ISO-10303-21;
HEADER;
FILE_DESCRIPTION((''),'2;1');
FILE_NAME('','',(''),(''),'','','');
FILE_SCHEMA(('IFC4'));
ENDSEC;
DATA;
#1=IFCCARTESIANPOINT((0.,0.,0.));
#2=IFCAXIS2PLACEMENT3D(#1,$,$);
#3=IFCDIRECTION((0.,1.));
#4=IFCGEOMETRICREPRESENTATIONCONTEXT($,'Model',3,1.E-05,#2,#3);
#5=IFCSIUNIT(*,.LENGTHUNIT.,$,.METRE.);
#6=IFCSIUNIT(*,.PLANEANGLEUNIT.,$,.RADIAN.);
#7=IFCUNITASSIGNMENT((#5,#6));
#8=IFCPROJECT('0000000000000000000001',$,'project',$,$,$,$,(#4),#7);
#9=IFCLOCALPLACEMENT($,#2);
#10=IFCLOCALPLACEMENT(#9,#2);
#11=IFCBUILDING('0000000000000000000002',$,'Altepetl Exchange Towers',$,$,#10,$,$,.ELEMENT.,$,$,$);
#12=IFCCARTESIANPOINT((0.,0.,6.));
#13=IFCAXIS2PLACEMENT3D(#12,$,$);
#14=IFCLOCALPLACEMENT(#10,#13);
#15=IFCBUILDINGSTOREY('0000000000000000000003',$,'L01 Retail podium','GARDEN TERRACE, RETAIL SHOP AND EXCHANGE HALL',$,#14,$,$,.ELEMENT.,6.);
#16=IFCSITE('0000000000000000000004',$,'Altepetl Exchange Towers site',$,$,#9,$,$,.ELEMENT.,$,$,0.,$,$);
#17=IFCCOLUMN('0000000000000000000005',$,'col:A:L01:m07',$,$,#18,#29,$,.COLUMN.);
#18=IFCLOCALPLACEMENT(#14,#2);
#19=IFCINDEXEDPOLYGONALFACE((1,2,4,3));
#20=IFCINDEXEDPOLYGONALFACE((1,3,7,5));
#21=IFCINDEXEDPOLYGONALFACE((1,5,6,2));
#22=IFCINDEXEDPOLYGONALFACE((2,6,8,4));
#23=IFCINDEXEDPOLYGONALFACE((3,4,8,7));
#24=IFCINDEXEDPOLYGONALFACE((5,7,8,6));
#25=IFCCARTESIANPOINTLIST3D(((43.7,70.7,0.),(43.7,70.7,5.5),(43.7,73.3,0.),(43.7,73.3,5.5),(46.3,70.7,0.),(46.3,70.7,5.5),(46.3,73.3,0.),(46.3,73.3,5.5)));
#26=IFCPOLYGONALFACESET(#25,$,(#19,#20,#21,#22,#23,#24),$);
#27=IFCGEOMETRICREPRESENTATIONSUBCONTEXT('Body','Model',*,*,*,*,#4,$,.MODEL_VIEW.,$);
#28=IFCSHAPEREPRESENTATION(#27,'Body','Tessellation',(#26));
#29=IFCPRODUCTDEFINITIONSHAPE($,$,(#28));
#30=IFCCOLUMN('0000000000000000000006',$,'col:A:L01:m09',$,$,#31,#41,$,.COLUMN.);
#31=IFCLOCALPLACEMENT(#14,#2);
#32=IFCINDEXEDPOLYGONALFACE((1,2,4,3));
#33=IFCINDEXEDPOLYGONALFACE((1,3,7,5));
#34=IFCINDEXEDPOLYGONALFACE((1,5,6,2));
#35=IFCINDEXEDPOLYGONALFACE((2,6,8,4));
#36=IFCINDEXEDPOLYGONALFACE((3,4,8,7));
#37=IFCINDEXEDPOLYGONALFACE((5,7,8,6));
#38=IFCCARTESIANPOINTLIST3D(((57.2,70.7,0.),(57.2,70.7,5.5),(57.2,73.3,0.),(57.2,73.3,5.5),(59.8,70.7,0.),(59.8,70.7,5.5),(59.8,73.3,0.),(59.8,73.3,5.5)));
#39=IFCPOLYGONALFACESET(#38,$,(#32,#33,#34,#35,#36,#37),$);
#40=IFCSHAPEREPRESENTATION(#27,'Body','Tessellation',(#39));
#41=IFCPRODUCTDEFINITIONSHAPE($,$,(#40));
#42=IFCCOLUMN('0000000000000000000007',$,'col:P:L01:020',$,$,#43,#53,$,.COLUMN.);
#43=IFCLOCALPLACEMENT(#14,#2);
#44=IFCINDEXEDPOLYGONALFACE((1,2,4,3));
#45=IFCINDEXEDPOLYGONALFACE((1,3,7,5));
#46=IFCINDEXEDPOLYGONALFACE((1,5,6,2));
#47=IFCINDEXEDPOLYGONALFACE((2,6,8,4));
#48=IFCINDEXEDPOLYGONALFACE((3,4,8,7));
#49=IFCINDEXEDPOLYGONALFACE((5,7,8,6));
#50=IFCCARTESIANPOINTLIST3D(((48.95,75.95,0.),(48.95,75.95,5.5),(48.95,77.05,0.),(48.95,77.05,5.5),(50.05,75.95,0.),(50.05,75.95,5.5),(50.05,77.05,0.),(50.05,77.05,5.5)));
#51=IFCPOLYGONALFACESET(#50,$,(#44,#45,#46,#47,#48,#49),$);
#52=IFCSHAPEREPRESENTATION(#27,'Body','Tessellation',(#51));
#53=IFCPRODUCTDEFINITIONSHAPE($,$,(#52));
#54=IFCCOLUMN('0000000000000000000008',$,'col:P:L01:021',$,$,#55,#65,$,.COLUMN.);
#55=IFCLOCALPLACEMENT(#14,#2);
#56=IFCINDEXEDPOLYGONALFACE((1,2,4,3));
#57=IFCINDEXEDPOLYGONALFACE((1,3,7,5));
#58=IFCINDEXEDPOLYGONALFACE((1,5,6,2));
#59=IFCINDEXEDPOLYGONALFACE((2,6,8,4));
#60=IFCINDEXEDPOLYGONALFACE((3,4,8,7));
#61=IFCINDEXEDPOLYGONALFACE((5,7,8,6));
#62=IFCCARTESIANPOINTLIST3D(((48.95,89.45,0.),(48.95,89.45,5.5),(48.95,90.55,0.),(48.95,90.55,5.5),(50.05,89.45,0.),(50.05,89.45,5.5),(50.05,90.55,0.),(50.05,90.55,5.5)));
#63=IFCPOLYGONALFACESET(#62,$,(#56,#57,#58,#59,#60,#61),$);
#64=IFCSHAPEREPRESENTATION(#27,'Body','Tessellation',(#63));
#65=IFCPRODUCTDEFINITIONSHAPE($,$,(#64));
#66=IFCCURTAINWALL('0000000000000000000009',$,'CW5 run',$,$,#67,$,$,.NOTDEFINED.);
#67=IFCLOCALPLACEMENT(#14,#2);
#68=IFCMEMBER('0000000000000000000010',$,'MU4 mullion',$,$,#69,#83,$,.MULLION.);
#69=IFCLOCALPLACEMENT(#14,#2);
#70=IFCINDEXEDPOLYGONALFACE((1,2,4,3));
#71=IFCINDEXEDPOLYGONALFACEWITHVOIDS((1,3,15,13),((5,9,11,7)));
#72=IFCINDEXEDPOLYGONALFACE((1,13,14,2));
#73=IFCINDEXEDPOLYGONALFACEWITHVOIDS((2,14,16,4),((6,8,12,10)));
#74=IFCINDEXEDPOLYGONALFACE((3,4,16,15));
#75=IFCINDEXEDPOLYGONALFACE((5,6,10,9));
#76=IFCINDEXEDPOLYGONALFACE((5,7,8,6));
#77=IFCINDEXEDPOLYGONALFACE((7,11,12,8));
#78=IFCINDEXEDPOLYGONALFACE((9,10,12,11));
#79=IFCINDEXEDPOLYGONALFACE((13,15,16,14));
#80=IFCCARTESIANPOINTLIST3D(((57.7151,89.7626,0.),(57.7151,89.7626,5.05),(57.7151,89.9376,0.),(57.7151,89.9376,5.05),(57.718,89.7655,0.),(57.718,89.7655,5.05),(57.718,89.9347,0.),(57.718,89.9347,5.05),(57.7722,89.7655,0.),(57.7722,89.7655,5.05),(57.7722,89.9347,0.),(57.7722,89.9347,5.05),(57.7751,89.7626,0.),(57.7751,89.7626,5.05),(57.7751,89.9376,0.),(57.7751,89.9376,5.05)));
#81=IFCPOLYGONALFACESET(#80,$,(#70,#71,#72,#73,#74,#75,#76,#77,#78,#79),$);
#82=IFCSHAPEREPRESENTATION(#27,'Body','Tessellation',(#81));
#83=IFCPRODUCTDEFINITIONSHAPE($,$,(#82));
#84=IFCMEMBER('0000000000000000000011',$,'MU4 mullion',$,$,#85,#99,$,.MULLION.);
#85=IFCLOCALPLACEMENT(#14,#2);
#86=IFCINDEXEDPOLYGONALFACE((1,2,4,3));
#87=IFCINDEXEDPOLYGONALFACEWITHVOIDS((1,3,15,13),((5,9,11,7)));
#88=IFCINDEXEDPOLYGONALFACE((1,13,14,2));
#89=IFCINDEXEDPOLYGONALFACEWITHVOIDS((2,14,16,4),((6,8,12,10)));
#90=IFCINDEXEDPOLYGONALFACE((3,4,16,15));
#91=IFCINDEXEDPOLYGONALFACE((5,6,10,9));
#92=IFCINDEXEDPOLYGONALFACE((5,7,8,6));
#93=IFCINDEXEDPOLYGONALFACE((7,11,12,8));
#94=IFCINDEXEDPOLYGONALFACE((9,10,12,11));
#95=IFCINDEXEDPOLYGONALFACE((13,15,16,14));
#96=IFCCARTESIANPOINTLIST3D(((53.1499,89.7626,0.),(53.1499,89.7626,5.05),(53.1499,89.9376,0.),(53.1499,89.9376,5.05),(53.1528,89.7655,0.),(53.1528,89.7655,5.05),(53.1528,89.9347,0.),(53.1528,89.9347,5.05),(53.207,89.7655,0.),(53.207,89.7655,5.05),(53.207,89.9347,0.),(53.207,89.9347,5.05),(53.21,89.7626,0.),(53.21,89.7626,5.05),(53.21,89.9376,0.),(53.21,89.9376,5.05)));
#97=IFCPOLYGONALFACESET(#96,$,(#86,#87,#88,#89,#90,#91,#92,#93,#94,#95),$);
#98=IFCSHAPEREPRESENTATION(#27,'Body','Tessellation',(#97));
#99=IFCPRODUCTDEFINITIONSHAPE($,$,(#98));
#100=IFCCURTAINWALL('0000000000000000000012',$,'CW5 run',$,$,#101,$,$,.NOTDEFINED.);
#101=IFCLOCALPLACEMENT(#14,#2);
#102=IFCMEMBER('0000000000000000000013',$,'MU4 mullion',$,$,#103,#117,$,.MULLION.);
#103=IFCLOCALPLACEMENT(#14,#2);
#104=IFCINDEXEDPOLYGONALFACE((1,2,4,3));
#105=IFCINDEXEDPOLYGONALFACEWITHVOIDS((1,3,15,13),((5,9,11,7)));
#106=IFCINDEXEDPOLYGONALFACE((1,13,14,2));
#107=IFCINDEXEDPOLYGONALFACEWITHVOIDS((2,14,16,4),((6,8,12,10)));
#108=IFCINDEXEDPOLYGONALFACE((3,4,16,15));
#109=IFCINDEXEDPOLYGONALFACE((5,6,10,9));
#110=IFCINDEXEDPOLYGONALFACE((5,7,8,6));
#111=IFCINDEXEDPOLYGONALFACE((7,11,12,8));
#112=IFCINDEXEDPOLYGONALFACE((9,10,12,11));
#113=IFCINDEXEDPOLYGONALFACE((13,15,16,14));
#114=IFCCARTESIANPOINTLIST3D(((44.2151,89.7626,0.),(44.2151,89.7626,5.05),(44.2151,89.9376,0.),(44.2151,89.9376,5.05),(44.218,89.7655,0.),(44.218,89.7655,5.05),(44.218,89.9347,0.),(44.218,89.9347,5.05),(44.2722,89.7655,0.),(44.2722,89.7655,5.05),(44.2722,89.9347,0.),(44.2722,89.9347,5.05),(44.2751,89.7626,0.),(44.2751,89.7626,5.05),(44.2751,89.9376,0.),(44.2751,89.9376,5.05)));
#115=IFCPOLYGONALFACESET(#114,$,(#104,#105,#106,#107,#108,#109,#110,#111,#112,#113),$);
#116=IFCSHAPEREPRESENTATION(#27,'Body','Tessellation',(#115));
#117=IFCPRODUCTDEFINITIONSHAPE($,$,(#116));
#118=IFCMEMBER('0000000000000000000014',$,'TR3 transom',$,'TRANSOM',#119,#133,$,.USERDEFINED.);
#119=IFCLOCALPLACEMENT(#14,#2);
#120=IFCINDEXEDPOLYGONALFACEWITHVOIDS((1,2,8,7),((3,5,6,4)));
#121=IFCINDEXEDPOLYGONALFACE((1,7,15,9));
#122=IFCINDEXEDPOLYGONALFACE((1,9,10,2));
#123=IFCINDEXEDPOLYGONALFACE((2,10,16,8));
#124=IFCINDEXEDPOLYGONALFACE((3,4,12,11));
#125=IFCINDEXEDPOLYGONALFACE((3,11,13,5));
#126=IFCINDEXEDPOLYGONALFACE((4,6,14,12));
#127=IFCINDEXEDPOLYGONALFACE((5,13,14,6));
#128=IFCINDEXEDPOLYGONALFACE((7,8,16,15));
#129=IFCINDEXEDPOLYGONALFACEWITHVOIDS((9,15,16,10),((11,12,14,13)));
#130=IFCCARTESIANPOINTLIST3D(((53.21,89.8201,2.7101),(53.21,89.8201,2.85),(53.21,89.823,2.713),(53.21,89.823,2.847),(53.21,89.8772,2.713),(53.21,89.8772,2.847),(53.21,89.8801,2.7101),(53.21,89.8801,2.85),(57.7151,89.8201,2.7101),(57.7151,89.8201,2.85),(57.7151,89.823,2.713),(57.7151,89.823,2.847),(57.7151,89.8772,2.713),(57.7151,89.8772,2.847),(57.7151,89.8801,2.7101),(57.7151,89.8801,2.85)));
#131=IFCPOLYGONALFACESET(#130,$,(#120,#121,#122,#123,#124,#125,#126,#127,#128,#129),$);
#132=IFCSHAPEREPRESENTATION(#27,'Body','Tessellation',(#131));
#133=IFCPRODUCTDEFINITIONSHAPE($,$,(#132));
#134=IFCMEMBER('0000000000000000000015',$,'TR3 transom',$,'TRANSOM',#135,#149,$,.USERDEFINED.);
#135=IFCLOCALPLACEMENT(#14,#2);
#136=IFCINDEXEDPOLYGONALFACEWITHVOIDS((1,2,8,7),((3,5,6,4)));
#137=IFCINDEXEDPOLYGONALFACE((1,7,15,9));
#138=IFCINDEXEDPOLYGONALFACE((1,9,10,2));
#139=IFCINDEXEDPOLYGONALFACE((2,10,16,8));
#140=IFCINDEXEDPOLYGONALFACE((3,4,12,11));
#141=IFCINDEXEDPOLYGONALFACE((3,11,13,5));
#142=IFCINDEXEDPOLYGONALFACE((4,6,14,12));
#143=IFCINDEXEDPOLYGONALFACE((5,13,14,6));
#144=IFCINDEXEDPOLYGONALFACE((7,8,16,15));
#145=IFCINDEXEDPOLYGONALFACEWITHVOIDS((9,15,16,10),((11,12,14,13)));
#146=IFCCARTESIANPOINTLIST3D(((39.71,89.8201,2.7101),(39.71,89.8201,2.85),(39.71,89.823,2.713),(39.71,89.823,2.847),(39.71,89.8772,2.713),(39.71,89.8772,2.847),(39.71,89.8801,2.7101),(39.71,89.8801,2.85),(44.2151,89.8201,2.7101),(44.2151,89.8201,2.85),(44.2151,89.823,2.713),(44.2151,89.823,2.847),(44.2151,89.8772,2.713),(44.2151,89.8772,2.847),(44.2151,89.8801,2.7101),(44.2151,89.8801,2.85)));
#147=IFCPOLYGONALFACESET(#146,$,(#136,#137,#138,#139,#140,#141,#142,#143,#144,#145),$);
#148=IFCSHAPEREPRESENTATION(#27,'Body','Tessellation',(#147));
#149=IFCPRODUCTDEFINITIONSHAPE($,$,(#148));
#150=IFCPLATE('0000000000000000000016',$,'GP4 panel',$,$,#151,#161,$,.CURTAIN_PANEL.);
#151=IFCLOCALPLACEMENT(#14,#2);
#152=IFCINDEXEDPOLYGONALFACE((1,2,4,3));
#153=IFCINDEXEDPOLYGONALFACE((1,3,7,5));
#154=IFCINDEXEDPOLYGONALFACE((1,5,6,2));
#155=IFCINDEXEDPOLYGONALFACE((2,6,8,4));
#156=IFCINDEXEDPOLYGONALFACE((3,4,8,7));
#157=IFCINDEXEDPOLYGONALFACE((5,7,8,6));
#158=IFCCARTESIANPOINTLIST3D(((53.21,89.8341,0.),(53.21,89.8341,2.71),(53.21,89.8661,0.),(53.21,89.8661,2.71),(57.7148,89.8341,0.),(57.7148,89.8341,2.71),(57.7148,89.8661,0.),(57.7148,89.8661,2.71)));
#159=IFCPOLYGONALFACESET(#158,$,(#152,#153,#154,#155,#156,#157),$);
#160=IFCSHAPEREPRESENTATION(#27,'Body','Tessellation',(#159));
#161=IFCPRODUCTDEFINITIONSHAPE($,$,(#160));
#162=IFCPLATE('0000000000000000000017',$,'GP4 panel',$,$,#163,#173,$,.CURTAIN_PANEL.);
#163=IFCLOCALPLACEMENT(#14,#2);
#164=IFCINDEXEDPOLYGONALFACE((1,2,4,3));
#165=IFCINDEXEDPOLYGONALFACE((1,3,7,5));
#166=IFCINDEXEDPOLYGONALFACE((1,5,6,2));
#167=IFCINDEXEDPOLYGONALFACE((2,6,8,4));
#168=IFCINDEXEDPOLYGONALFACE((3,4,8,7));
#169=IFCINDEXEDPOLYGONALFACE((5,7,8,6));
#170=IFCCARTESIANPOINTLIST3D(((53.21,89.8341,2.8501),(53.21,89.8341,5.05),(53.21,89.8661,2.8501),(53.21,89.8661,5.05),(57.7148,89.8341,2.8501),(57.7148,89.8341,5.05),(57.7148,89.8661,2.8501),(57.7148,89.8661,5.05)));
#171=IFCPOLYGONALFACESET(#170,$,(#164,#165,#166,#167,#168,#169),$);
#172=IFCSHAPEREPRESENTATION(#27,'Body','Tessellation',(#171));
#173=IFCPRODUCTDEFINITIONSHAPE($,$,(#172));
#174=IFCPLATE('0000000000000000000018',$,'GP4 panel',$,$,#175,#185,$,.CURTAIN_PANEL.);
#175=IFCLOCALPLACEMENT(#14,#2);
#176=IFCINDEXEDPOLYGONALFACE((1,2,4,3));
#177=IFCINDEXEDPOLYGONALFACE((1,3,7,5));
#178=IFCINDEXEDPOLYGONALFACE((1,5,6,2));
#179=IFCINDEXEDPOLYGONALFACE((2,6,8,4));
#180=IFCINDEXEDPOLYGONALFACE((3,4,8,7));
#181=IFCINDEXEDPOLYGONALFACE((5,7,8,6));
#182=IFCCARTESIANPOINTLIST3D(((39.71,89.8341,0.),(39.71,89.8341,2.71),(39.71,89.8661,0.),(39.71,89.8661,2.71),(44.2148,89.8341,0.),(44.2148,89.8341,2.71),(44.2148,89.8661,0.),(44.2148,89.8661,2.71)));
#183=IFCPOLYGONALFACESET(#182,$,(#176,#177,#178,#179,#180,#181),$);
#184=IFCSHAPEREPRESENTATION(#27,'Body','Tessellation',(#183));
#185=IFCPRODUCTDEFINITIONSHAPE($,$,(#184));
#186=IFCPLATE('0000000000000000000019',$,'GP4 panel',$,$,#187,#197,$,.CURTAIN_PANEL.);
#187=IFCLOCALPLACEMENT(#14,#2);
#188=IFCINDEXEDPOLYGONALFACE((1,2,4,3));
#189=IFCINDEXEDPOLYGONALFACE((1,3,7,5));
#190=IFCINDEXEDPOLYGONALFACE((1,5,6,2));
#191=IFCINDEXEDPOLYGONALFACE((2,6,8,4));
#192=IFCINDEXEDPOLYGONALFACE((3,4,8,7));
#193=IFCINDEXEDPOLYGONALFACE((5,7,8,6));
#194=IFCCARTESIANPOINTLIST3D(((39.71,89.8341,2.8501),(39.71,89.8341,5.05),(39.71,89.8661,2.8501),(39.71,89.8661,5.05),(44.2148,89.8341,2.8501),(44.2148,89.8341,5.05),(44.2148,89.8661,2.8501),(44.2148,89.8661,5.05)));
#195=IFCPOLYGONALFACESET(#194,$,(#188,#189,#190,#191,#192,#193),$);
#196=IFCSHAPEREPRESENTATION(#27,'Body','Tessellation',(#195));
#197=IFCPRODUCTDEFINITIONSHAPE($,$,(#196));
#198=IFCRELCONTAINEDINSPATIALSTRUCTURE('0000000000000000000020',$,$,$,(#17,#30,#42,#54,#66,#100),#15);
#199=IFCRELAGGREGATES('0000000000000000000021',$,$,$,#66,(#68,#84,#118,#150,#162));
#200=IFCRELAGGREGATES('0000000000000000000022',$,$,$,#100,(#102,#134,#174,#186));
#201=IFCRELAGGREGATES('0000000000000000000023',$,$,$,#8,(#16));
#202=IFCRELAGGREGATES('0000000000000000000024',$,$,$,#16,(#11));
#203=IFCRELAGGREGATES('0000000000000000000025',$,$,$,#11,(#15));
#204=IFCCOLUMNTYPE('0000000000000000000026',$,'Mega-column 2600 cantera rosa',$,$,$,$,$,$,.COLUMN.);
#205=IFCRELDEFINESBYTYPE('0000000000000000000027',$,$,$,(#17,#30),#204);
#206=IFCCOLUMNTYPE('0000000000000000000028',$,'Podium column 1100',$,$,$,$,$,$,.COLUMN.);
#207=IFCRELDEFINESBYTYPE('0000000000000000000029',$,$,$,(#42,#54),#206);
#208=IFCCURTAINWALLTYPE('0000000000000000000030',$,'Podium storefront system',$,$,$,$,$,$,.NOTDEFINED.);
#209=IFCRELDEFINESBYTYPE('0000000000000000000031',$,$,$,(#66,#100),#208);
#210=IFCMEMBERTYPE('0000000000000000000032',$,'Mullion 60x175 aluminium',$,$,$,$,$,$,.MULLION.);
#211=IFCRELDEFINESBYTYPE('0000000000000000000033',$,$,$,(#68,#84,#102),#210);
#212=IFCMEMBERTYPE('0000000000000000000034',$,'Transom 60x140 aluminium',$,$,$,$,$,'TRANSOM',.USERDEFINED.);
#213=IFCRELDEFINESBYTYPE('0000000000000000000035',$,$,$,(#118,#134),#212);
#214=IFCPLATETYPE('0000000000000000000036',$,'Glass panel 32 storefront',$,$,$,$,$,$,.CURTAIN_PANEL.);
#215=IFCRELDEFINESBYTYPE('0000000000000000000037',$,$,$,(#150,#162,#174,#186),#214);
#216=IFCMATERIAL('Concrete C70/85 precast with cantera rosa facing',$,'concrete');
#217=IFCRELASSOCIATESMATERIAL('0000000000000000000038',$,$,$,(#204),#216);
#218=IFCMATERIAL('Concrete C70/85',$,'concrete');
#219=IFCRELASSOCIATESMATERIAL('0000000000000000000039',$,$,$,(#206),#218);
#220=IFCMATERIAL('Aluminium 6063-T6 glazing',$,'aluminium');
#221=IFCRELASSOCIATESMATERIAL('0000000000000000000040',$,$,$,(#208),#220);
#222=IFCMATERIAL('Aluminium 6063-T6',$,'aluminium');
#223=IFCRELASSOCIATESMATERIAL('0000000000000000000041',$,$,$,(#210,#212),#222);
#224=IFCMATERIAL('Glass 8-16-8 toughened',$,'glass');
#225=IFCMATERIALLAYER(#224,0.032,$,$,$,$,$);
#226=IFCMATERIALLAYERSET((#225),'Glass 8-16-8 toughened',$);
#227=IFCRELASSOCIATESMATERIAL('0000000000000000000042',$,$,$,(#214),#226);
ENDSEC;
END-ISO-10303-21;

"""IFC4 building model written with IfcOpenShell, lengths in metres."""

from ifc_helpers import new_model, si_unit, direction, frame, origin, origin_2d, place, context, subcontext, project, spatial, rectangle, hollow_rectangle, extrude, material, layer, layer_set, material_profile, profile_set, type_object, element, aggregate, save


model = new_model("IFC4")

# Units and contexts
model_context = context("Model", 3, precision=1e-05, world=origin(), true_north=direction((0.0, 1.0)))
body_context = subcontext(model_context, "Body", "Model", "MODEL_VIEW")
ifc_project = project(units=[si_unit("LENGTHUNIT", "METRE"), si_unit("PLANEANGLEUNIT", "RADIAN")], contexts=[model_context])

# Site, building, storey
site_placement = place(None, origin())
site = spatial("IfcSite", under=ifc_project, at=site_placement, Name="Altepetl Exchange Towers site", CompositionType="ELEMENT", RefElevation=0.0)
building_placement = place(site_placement, origin())
building = spatial("IfcBuilding", under=site, at=building_placement, Name="Altepetl Exchange Towers", CompositionType="ELEMENT")
storey_placement = place(building_placement, frame((0.0, 0.0, 6.0)))
storey = spatial("IfcBuildingStorey", under=building, at=storey_placement, Name="L01 Retail podium", Description="GARDEN TERRACE, RETAIL SHOP AND EXCHANGE HALL", CompositionType="ELEMENT", Elevation=6.0)

# Columns
ifc_material_1 = material(Name="Concrete C70/85 precast with cantera rosa facing", Category="concrete")
ifc_material_profile_1 = material_profile(ifc_material_1, rectangle(XDim=2.6001, YDim=2.6001, at=origin_2d()), Name="2600 x 2600")
ifc_profile_set_1 = profile_set([ifc_material_profile_1], Name="Concrete C70/85 precast with cantera rosa facing")
column_type_1 = type_object("IfcColumnType", Name="Mega-column 2600 cantera rosa", PredefinedType="COLUMN", material=ifc_profile_set_1)
for number, where, name in (
    (1, (45.0, 72.0, 0.0), "col:A:L01:m07"),
    (2, (58.5, 72.0, 0.0), "col:A:L01:m09"),
):
    element("IfcColumn", number, at=place(storey_placement, frame(where)), inside=storey, type_object=column_type_1, Name=name, PredefinedType="COLUMN", context=body_context, shape_type="SweptSolid", body=[
        extrude(rectangle(XDim=2.6001, YDim=2.6001, at=origin_2d()), origin(), (0.0, 0.0, 1.0), 5.5),
    ])
ifc_material_2 = material(Name="Concrete C70/85", Category="concrete")
ifc_material_profile_2 = material_profile(ifc_material_2, rectangle(XDim=1.1001, YDim=1.1001, at=origin_2d()), Name="1100 x 1100")
ifc_profile_set_2 = profile_set([ifc_material_profile_2], Name="Concrete C70/85")
column_type_2 = type_object("IfcColumnType", Name="Podium column 1100", PredefinedType="COLUMN", material=ifc_profile_set_2)
for number, where, name in (
    (3, (49.5, 76.5, 0.0), "col:P:L01:020"),
    (4, (49.5, 90.0, 0.0), "col:P:L01:021"),
):
    element("IfcColumn", number, at=place(storey_placement, frame(where)), inside=storey, type_object=column_type_2, Name=name, PredefinedType="COLUMN", context=body_context, shape_type="SweptSolid", body=[
        extrude(rectangle(XDim=1.1001, YDim=1.1001, at=origin_2d()), origin(), (0.0, 0.0, 1.0), 5.5),
    ])

# Curtain wall, members
ifc_material_3 = material(Name="Aluminium 6063-T6 glazing", Category="aluminium")
curtain_wall_type = type_object("IfcCurtainWallType", Name="Podium storefront system", PredefinedType="NOTDEFINED", material=ifc_material_3)
curtain_wall_1_placement = place(storey_placement, origin())
curtain_wall_1 = element("IfcCurtainWall", 5, at=curtain_wall_1_placement, inside=storey, type_object=curtain_wall_type, Name="CW5 run", PredefinedType="NOTDEFINED")
ifc_material_4 = material(Name="Aluminium 6063-T6", Category="aluminium")
ifc_material_profile_3 = material_profile(ifc_material_4, hollow_rectangle(XDim=0.0601, YDim=0.175, WallThickness=0.0029, at=origin_2d()), Name="Mullion 60x175 aluminium")
ifc_profile_set_3 = profile_set([ifc_material_profile_3], Name="Aluminium 6063-T6")
member_type_1 = type_object("IfcMemberType", Name="Mullion 60x175 aluminium", PredefinedType="MULLION", material=ifc_profile_set_3)
member_1_placement = place(storey_placement, frame((57.7451, 89.8501, 0.0), z_axis=(0.0, 0.0, 1.0), x_axis=(-1.0, 0.0, 0.0)))
member_1 = element("IfcMember", 6, at=member_1_placement, type_object=member_type_1, Name="MU4 mullion", PredefinedType="MULLION", context=body_context, shape_type="SweptSolid", body=[
    extrude(hollow_rectangle(XDim=0.0601, YDim=0.175, WallThickness=0.0029, at=origin_2d()), origin(), (0.0, 0.0, 1.0), 5.05),
])
member_2_placement = place(storey_placement, frame((53.1799, 89.8501, 0.0), z_axis=(0.0, 0.0, 1.0), x_axis=(-1.0, 0.0, 0.0)))
member_2 = element("IfcMember", 7, at=member_2_placement, type_object=member_type_1, Name="MU4 mullion", PredefinedType="MULLION", context=body_context, shape_type="SweptSolid", body=[
    extrude(hollow_rectangle(XDim=0.0601, YDim=0.175, WallThickness=0.0029, at=origin_2d()), origin(), (0.0, 0.0, 1.0), 5.05),
])

# Curtain wall, member
curtain_wall_2_placement = place(storey_placement, origin())
curtain_wall_2 = element("IfcCurtainWall", 8, at=curtain_wall_2_placement, inside=storey, type_object=curtain_wall_type, Name="CW5 run", PredefinedType="NOTDEFINED")
member_3_placement = place(storey_placement, frame((44.2451, 89.8501, 0.0), z_axis=(0.0, 0.0, 1.0), x_axis=(-1.0, 0.0, 0.0)))
member_3 = element("IfcMember", 9, at=member_3_placement, type_object=member_type_1, Name="MU4 mullion", PredefinedType="MULLION", context=body_context, shape_type="SweptSolid", body=[
    extrude(hollow_rectangle(XDim=0.0601, YDim=0.175, WallThickness=0.0029, at=origin_2d()), origin(), (0.0, 0.0, 1.0), 5.05),
])

# Members
ifc_material_profile_4 = material_profile(ifc_material_4, hollow_rectangle(XDim=0.0601, YDim=0.1399, WallThickness=0.0029, at=origin_2d()), Name="Transom 60x140 aluminium")
ifc_profile_set_4 = profile_set([ifc_material_profile_4], Name="Aluminium 6063-T6")
member_type_2 = type_object("IfcMemberType", Name="Transom 60x140 aluminium", ElementType="TRANSOM", PredefinedType="USERDEFINED", material=ifc_profile_set_4)
member_4_placement = place(storey_placement, frame((57.7151, 89.8501, 2.78), z_axis=(-1.0, 0.0, 0.0), x_axis=(0.0, -1.0, 0.0)))
member_4 = element("IfcMember", 10, at=member_4_placement, type_object=member_type_2, Name="TR3 transom", ObjectType="TRANSOM", PredefinedType="USERDEFINED", context=body_context, shape_type="SweptSolid", body=[
    extrude(hollow_rectangle(XDim=0.0601, YDim=0.1399, WallThickness=0.0029, at=origin_2d()), origin(), (0.0, 0.0, 1.0), 4.5051),
])
member_5_placement = place(storey_placement, frame((44.2151, 89.8501, 2.78), z_axis=(-1.0, 0.0, 0.0), x_axis=(0.0, -1.0, 0.0)))
member_5 = element("IfcMember", 11, at=member_5_placement, type_object=member_type_2, Name="TR3 transom", ObjectType="TRANSOM", PredefinedType="USERDEFINED", context=body_context, shape_type="SweptSolid", body=[
    extrude(hollow_rectangle(XDim=0.0601, YDim=0.1399, WallThickness=0.0029, at=origin_2d()), origin(), (0.0, 0.0, 1.0), 4.5051),
])

# Plates
ifc_material_5 = material(Name="Glass 8-16-8 toughened", Category="glass")
ifc_layer_1 = layer(ifc_material_5, 0.032)
ifc_layer_set_1 = layer_set([ifc_layer_1], Name="Glass 8-16-8 toughened")
plate_type = type_object("IfcPlateType", Name="Glass panel 32 storefront", PredefinedType="CURTAIN_PANEL", material=ifc_layer_set_1)
plate_1_placement = place(storey_placement, frame((55.4624, 89.8501, 0.0), z_axis=(0.0, 0.0, 1.0), x_axis=(-1.0, 0.0, 0.0)))
plate_1 = element("IfcPlate", 12, at=plate_1_placement, type_object=plate_type, Name="GP4 panel", PredefinedType="CURTAIN_PANEL", context=body_context, shape_type="SweptSolid", body=[
    extrude(rectangle(XDim=4.5049, YDim=0.032, at=origin_2d()), origin(), (0.0, 0.0, 1.0), 2.71),
])
plate_2_placement = place(storey_placement, frame((55.4624, 89.8501, 2.8501), z_axis=(0.0, 0.0, 1.0), x_axis=(-1.0, 0.0, 0.0)))
plate_2 = element("IfcPlate", 13, at=plate_2_placement, type_object=plate_type, Name="GP4 panel", PredefinedType="CURTAIN_PANEL", context=body_context, shape_type="SweptSolid", body=[
    extrude(rectangle(XDim=4.5049, YDim=0.032, at=origin_2d()), origin(), (0.0, 0.0, 1.0), 2.2),
])
aggregate(curtain_wall_1, [member_1, member_2, member_4, plate_1, plate_2])
plate_3_placement = place(storey_placement, frame((41.9624, 89.8501, 0.0), z_axis=(0.0, 0.0, 1.0), x_axis=(-1.0, 0.0, 0.0)))
plate_3 = element("IfcPlate", 14, at=plate_3_placement, type_object=plate_type, Name="GP4 panel", PredefinedType="CURTAIN_PANEL", context=body_context, shape_type="SweptSolid", body=[
    extrude(rectangle(XDim=4.5049, YDim=0.032, at=origin_2d()), origin(), (0.0, 0.0, 1.0), 2.71),
])
plate_4_placement = place(storey_placement, frame((41.9624, 89.8501, 2.8501), z_axis=(0.0, 0.0, 1.0), x_axis=(-1.0, 0.0, 0.0)))
plate_4 = element("IfcPlate", 15, at=plate_4_placement, type_object=plate_type, Name="GP4 panel", PredefinedType="CURTAIN_PANEL", context=body_context, shape_type="SweptSolid", body=[
    extrude(rectangle(XDim=4.5049, YDim=0.032, at=origin_2d()), origin(), (0.0, 0.0, 1.0), 2.2),
])
aggregate(curtain_wall_2, [member_3, member_5, plate_3, plate_4])

save(model, "model.ifc")
